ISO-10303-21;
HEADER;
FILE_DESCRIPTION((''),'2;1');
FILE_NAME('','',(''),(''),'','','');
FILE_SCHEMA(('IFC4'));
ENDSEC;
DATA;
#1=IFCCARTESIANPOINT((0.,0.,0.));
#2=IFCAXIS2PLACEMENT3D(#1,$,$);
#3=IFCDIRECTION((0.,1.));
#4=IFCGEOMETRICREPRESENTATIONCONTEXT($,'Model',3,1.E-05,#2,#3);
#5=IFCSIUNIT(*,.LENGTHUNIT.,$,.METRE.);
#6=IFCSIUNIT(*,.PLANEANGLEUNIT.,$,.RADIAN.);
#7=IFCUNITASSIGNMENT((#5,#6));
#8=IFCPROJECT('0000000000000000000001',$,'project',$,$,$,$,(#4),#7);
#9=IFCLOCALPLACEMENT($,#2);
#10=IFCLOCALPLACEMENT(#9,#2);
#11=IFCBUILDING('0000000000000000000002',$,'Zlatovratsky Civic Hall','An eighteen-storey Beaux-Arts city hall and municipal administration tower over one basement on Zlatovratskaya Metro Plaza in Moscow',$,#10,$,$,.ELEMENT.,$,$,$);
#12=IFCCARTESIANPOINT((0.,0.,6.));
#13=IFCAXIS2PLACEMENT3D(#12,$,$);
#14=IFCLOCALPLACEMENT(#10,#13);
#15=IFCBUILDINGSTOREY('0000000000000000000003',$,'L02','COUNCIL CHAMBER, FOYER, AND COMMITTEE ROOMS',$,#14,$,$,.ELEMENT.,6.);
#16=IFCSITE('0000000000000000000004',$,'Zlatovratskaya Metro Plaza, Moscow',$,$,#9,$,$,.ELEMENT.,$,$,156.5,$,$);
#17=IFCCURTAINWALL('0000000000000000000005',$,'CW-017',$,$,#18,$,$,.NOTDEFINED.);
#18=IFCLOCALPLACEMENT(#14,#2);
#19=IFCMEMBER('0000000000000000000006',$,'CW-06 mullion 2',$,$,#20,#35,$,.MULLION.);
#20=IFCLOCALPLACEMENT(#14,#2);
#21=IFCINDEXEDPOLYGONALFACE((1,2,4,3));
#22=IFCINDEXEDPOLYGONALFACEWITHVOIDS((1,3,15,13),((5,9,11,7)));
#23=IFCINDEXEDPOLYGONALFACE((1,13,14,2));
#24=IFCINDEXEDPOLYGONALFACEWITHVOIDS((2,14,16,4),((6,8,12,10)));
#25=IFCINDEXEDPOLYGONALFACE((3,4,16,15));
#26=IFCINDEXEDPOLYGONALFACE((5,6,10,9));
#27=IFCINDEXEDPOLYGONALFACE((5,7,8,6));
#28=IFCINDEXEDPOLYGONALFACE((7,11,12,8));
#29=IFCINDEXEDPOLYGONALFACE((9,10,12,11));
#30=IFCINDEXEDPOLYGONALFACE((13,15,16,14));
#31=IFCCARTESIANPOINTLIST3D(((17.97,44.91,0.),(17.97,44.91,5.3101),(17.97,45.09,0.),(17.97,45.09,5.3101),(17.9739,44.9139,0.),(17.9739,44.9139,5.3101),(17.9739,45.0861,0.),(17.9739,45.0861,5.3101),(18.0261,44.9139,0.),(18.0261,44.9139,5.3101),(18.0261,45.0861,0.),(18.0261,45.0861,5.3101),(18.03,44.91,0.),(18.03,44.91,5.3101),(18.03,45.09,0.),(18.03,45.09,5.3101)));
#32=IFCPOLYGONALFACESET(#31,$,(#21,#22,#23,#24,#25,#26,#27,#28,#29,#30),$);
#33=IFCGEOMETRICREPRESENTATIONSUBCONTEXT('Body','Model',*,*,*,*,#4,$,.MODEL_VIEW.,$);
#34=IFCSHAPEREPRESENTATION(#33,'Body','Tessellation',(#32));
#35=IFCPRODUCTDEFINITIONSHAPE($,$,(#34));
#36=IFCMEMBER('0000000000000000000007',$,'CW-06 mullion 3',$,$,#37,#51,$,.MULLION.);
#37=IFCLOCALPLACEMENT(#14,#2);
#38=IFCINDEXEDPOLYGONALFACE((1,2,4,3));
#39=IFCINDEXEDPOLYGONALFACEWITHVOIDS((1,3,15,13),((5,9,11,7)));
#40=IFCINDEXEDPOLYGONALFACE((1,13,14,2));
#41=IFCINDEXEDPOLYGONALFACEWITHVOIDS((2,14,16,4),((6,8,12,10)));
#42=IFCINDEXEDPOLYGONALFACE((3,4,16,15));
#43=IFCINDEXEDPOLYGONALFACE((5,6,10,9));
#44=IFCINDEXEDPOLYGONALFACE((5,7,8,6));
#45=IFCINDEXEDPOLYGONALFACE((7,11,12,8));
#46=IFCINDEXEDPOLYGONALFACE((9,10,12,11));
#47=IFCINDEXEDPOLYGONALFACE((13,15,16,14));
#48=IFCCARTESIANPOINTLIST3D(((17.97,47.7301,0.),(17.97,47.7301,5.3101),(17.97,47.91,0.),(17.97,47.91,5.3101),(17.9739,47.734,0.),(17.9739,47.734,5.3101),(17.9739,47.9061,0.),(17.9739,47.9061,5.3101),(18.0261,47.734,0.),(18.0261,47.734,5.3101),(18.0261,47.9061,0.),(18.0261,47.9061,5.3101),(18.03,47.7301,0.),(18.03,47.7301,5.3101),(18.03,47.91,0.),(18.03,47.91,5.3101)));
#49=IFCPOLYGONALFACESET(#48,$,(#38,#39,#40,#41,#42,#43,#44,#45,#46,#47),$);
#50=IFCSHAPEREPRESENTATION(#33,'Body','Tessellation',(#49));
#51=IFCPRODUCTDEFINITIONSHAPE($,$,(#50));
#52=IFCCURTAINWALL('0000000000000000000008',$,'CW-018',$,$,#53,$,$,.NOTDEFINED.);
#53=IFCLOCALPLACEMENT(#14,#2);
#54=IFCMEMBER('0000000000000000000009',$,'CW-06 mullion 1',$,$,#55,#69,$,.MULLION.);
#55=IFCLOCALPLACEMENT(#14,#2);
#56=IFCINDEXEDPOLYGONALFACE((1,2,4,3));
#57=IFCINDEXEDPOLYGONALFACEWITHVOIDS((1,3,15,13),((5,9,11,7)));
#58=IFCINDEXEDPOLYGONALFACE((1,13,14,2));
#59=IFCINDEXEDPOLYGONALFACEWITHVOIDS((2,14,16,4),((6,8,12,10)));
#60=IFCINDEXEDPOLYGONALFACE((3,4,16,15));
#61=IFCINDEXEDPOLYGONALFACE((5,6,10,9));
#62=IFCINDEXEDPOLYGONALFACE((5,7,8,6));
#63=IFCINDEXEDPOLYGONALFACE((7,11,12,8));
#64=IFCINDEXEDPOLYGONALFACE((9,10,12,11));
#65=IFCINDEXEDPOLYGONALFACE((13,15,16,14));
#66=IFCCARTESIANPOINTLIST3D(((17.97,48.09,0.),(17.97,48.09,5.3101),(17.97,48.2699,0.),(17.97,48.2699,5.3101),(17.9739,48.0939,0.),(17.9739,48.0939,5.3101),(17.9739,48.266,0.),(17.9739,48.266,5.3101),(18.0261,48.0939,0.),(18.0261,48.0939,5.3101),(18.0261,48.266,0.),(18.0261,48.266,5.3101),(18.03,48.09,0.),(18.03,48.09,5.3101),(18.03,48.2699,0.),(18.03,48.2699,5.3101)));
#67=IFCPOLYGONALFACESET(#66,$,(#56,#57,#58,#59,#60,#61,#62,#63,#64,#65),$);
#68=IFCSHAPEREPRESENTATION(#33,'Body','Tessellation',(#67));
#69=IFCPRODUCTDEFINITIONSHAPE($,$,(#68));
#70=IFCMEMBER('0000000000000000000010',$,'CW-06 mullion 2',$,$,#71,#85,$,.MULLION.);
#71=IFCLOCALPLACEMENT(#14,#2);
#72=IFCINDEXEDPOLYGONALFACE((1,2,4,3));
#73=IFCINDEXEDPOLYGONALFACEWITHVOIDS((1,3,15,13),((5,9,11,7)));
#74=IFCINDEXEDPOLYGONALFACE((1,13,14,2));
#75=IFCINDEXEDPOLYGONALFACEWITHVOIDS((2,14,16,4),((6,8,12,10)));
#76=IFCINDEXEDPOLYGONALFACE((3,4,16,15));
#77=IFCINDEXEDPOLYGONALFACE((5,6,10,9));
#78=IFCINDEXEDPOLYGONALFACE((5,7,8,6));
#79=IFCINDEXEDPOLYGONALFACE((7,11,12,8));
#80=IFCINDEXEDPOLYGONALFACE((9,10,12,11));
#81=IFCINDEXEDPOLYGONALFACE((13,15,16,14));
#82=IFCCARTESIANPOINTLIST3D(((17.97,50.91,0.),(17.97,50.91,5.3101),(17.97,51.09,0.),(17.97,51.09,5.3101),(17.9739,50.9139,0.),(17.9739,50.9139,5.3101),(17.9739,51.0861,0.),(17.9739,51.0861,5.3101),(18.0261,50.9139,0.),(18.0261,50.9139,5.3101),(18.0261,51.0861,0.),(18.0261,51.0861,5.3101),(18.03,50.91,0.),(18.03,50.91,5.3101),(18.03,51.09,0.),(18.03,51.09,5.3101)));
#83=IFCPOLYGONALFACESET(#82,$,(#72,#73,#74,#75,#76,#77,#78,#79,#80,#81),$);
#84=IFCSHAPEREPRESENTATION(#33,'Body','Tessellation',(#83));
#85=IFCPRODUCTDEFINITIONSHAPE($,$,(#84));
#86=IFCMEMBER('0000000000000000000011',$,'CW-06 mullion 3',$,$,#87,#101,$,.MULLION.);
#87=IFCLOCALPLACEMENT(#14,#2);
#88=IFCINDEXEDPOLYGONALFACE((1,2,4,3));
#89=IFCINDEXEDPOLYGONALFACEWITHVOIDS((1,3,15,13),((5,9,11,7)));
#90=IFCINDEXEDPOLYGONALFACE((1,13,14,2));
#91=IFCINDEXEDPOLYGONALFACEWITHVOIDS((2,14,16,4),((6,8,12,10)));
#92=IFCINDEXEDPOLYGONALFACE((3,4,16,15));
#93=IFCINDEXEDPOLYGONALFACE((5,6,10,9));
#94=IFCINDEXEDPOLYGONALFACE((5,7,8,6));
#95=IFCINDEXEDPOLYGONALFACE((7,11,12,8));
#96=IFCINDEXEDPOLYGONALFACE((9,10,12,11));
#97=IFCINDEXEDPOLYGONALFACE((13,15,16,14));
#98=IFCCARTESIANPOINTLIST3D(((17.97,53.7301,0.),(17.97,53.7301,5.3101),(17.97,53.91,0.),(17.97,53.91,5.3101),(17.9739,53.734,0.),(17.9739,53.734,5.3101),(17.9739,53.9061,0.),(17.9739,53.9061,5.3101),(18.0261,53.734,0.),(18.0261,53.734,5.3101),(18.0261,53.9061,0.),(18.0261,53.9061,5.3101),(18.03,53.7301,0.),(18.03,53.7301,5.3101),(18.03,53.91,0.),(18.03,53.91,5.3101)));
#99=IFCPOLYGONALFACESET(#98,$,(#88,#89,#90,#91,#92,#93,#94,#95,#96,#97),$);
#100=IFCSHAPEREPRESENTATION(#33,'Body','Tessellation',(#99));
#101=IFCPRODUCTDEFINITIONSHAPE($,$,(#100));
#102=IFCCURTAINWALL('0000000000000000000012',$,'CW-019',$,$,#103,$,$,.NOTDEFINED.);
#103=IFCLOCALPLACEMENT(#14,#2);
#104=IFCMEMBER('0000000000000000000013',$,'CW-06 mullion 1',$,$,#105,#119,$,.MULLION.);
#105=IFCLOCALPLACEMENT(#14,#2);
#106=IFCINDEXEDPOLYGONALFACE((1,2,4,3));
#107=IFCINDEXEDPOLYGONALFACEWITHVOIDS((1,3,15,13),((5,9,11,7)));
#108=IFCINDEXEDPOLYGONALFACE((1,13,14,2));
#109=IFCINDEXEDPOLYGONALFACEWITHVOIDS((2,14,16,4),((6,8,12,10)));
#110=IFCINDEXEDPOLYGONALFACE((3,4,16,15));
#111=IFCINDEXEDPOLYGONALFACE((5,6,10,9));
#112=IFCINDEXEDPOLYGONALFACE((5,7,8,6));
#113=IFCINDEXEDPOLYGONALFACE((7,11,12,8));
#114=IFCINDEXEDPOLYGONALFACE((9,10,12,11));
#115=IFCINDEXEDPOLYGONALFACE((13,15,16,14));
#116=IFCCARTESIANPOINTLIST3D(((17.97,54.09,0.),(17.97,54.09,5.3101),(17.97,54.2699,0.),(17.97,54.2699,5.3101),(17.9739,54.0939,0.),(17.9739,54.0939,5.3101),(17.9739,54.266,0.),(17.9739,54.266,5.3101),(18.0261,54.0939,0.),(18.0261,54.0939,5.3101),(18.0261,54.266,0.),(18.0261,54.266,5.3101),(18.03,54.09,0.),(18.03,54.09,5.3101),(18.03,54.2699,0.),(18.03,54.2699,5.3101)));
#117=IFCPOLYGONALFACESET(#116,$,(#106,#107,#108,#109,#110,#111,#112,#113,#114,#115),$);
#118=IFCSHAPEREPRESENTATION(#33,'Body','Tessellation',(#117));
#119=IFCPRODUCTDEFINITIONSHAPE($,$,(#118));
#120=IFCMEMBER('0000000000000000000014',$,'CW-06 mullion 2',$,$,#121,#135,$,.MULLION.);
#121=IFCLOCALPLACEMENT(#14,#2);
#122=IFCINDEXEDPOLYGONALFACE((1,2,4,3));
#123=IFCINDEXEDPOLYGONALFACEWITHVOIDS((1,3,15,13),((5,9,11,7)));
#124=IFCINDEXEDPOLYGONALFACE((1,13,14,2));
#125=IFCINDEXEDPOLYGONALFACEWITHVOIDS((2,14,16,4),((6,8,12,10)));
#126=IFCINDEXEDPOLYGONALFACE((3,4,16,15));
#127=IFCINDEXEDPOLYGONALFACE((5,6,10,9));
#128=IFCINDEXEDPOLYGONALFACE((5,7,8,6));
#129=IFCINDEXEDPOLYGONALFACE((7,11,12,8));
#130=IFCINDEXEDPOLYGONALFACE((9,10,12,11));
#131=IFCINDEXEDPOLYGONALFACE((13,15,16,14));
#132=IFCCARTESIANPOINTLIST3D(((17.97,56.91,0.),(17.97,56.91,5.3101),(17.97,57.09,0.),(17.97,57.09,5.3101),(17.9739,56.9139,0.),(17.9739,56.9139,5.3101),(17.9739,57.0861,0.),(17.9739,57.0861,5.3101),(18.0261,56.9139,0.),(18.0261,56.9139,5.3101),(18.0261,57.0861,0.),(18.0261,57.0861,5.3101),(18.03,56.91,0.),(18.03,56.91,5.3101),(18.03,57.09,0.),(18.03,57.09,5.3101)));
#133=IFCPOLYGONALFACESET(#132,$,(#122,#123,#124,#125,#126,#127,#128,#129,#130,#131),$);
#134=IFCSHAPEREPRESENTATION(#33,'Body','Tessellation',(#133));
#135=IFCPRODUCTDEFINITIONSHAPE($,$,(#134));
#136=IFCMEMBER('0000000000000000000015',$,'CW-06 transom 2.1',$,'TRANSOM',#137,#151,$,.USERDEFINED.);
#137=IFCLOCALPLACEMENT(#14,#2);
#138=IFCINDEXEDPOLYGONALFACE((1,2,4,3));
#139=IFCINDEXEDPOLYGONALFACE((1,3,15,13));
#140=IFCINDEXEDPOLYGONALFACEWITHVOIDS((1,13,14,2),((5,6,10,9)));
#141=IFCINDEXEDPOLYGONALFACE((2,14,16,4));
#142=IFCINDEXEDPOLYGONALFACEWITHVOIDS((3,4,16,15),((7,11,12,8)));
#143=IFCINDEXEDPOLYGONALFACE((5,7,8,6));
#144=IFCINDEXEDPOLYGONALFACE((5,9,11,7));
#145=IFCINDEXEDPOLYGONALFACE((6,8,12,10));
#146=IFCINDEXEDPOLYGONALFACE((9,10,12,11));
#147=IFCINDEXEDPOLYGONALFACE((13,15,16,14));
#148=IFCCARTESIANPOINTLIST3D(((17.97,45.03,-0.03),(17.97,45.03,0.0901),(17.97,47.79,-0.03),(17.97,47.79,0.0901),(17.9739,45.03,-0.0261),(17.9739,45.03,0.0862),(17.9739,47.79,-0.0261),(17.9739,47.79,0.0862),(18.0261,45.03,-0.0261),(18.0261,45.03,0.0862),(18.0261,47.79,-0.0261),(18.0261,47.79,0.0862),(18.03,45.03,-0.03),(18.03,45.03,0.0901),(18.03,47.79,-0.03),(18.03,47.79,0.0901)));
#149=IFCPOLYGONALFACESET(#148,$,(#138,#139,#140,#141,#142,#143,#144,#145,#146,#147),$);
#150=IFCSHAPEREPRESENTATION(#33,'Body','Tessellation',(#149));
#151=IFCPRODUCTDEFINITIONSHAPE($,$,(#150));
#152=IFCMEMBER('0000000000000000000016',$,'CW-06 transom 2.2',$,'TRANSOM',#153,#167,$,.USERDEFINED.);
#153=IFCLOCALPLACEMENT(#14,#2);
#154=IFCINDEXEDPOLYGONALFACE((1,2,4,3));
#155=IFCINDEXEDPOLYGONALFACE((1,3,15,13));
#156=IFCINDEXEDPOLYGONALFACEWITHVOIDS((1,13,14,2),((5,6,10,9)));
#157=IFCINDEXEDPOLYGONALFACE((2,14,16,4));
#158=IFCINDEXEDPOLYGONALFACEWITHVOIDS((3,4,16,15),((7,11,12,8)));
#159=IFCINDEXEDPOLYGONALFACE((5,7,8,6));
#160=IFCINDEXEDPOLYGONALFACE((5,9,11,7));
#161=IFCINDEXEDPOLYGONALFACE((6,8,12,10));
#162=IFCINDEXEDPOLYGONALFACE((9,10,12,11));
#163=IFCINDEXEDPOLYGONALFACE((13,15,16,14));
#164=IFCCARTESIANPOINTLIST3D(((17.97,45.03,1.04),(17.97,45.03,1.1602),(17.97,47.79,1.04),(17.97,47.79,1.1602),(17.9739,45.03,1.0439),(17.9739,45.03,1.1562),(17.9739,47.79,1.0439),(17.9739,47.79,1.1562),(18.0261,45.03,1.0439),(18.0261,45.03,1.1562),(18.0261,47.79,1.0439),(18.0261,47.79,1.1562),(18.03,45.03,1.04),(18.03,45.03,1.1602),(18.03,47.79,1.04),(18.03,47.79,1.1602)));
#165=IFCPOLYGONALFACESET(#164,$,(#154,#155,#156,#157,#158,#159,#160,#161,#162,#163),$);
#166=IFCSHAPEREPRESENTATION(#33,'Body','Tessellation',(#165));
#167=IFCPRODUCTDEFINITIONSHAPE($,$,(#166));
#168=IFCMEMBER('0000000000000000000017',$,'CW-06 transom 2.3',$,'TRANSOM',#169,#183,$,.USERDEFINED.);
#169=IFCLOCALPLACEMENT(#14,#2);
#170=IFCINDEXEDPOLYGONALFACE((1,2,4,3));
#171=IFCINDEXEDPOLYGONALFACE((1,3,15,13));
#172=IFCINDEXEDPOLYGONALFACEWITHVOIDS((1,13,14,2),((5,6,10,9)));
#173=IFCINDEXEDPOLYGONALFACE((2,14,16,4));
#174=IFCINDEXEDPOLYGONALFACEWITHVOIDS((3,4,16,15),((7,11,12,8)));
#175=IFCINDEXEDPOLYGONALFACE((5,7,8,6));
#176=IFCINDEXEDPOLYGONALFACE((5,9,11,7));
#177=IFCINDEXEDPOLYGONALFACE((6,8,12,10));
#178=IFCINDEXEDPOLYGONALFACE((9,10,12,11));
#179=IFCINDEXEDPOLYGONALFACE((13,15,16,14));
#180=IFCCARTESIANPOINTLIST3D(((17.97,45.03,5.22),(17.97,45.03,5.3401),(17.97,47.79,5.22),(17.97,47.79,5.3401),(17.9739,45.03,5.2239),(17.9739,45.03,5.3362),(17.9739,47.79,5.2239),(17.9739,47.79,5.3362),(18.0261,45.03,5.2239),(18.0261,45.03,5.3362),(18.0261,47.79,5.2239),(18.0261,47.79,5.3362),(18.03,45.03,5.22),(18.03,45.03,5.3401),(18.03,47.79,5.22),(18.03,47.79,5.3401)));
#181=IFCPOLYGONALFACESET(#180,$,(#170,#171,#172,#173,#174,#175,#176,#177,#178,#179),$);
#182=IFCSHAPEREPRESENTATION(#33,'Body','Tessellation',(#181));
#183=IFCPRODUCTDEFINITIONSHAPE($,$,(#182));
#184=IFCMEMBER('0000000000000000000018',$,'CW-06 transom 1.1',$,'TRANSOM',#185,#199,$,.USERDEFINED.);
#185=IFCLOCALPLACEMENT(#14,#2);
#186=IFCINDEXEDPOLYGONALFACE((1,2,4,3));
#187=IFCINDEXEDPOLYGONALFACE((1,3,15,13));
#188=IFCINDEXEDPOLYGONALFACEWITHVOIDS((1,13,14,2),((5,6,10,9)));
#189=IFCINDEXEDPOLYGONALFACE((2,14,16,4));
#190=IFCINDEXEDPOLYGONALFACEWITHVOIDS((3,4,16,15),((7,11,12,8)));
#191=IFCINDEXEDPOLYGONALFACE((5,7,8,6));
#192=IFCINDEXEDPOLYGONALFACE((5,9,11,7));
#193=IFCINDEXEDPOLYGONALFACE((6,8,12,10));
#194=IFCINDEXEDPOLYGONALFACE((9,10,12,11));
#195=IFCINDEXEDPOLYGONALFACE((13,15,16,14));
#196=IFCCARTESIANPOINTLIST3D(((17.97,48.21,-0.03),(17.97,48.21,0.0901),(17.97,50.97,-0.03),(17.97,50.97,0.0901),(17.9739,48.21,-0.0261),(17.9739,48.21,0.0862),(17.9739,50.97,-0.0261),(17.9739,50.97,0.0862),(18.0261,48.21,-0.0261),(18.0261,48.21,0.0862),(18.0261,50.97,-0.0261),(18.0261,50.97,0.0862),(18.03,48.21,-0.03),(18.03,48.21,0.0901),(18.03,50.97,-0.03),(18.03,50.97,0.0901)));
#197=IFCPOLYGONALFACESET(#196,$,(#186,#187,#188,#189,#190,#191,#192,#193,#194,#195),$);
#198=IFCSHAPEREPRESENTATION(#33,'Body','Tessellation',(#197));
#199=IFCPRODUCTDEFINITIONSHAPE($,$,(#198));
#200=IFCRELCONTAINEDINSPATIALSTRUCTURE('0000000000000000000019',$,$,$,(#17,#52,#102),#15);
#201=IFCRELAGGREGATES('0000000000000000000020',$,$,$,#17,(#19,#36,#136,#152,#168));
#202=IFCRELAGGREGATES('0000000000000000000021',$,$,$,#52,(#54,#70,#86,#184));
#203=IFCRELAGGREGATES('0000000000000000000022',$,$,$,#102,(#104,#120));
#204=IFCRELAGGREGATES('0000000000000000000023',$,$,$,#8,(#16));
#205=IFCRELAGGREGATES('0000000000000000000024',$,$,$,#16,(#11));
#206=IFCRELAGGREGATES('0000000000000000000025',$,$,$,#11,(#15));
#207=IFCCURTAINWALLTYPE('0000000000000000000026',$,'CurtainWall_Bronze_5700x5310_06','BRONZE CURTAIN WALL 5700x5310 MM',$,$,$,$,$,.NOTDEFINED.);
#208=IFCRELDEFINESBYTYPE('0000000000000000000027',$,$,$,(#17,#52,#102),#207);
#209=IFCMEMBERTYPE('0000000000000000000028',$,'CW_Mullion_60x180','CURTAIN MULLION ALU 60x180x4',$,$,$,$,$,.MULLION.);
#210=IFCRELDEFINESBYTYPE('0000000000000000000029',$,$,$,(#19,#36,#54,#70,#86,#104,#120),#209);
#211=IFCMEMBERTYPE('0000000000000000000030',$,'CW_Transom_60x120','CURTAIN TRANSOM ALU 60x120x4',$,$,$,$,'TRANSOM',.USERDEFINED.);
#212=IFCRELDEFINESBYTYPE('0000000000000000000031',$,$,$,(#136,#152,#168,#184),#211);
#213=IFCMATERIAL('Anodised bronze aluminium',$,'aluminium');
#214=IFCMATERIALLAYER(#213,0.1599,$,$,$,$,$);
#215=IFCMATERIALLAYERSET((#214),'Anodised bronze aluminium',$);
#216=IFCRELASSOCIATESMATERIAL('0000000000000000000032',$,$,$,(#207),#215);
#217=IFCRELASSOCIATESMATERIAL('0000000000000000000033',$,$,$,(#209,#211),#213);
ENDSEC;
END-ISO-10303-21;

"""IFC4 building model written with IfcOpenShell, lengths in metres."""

from ifc_helpers import new_model, si_unit, direction, frame, origin, origin_2d, place, context, subcontext, project, spatial, hollow_rectangle, extrude, material, layer, layer_set, material_profile, profile_set, type_object, element, aggregate, save


model = new_model("IFC4")

# Units and contexts
model_context = context("Model", 3, precision=1e-05, world=origin(), true_north=direction((0.0, 1.0)))
body_context = subcontext(model_context, "Body", "Model", "MODEL_VIEW")
ifc_project = project(units=[si_unit("LENGTHUNIT", "METRE"), si_unit("PLANEANGLEUNIT", "RADIAN")], contexts=[model_context])

# Site, building, storey
site_placement = place(None, origin())
site = spatial("IfcSite", under=ifc_project, at=site_placement, Name="Zlatovratskaya Metro Plaza, Moscow", CompositionType="ELEMENT", RefElevation=156.5)
building_placement = place(site_placement, origin())
building = spatial("IfcBuilding", under=site, at=building_placement, Name="Zlatovratsky Civic Hall", Description="An eighteen-storey Beaux-Arts city hall and municipal administration tower over one basement on Zlatovratskaya Metro Plaza in Moscow", CompositionType="ELEMENT")
storey_placement = place(building_placement, frame((0.0, 0.0, 6.0)))
storey = spatial("IfcBuildingStorey", under=building, at=storey_placement, Name="L02", Description="COUNCIL CHAMBER, FOYER, AND COMMITTEE ROOMS", CompositionType="ELEMENT", Elevation=6.0)

# Curtain walls, members
ifc_material_1 = material(Name="Anodised bronze aluminium", Category="aluminium")
ifc_layer_1 = layer(ifc_material_1, 0.1599)
ifc_layer_set_1 = layer_set([ifc_layer_1], Name="Anodised bronze aluminium")
curtain_wall_type = type_object("IfcCurtainWallType", Name="CurtainWall_Bronze_5700x5310_06", Description="BRONZE CURTAIN WALL 5700x5310 MM", PredefinedType="NOTDEFINED", material=ifc_layer_set_1)
curtain_wall_1_placement = place(storey_placement, origin())
curtain_wall_1 = element("IfcCurtainWall", 1, at=curtain_wall_1_placement, inside=storey, type_object=curtain_wall_type, Name="CW-017", PredefinedType="NOTDEFINED")
ifc_material_profile_1 = material_profile(ifc_material_1, hollow_rectangle(XDim=0.0601, YDim=0.1799, WallThickness=0.0039, at=origin_2d()), Name="ALU 60x180x4")
ifc_profile_set_1 = profile_set([ifc_material_profile_1], Name="Anodised bronze aluminium")
member_type_1 = type_object("IfcMemberType", Name="CW_Mullion_60x180", Description="CURTAIN MULLION ALU 60x180x4", PredefinedType="MULLION", material=ifc_profile_set_1)
member_1_placement = place(storey_placement, frame((18.0, 45.0, 0.0), z_axis=(0.0, 0.0, 1.0), x_axis=(-1.0, 0.0, 0.0)))
member_1 = element("IfcMember", 2, at=member_1_placement, type_object=member_type_1, Name="CW-06 mullion 2", PredefinedType="MULLION", context=body_context, shape_type="SweptSolid", body=[
    extrude(hollow_rectangle(XDim=0.0601, YDim=0.1799, WallThickness=0.0039, at=origin_2d()), origin(), (0.0, 0.0, 1.0), 5.3101),
])
member_2_placement = place(storey_placement, frame((18.0, 47.8201, 0.0), z_axis=(0.0, 0.0, 1.0), x_axis=(-1.0, 0.0, 0.0)))
member_2 = element("IfcMember", 3, at=member_2_placement, type_object=member_type_1, Name="CW-06 mullion 3", PredefinedType="MULLION", context=body_context, shape_type="SweptSolid", body=[
    extrude(hollow_rectangle(XDim=0.0601, YDim=0.1799, WallThickness=0.0039, at=origin_2d()), origin(), (0.0, 0.0, 1.0), 5.3101),
])
curtain_wall_2_placement = place(storey_placement, origin())
curtain_wall_2 = element("IfcCurtainWall", 4, at=curtain_wall_2_placement, inside=storey, type_object=curtain_wall_type, Name="CW-018", PredefinedType="NOTDEFINED")
member_3_placement = place(storey_placement, frame((18.0, 48.1799, 0.0), z_axis=(0.0, 0.0, 1.0), x_axis=(-1.0, 0.0, 0.0)))
member_3 = element("IfcMember", 5, at=member_3_placement, type_object=member_type_1, Name="CW-06 mullion 1", PredefinedType="MULLION", context=body_context, shape_type="SweptSolid", body=[
    extrude(hollow_rectangle(XDim=0.0601, YDim=0.1799, WallThickness=0.0039, at=origin_2d()), origin(), (0.0, 0.0, 1.0), 5.3101),
])
member_4_placement = place(storey_placement, frame((18.0, 51.0, 0.0), z_axis=(0.0, 0.0, 1.0), x_axis=(-1.0, 0.0, 0.0)))
member_4 = element("IfcMember", 6, at=member_4_placement, type_object=member_type_1, Name="CW-06 mullion 2", PredefinedType="MULLION", context=body_context, shape_type="SweptSolid", body=[
    extrude(hollow_rectangle(XDim=0.0601, YDim=0.1799, WallThickness=0.0039, at=origin_2d()), origin(), (0.0, 0.0, 1.0), 5.3101),
])
member_5_placement = place(storey_placement, frame((18.0, 53.8201, 0.0), z_axis=(0.0, 0.0, 1.0), x_axis=(-1.0, 0.0, 0.0)))
member_5 = element("IfcMember", 7, at=member_5_placement, type_object=member_type_1, Name="CW-06 mullion 3", PredefinedType="MULLION", context=body_context, shape_type="SweptSolid", body=[
    extrude(hollow_rectangle(XDim=0.0601, YDim=0.1799, WallThickness=0.0039, at=origin_2d()), origin(), (0.0, 0.0, 1.0), 5.3101),
])
curtain_wall_3_placement = place(storey_placement, origin())
curtain_wall_3 = element("IfcCurtainWall", 8, at=curtain_wall_3_placement, inside=storey, type_object=curtain_wall_type, Name="CW-019", PredefinedType="NOTDEFINED")
member_6_placement = place(storey_placement, frame((18.0, 54.1799, 0.0), z_axis=(0.0, 0.0, 1.0), x_axis=(-1.0, 0.0, 0.0)))
member_6 = element("IfcMember", 9, at=member_6_placement, type_object=member_type_1, Name="CW-06 mullion 1", PredefinedType="MULLION", context=body_context, shape_type="SweptSolid", body=[
    extrude(hollow_rectangle(XDim=0.0601, YDim=0.1799, WallThickness=0.0039, at=origin_2d()), origin(), (0.0, 0.0, 1.0), 5.3101),
])
member_7_placement = place(storey_placement, frame((18.0, 57.0, 0.0), z_axis=(0.0, 0.0, 1.0), x_axis=(-1.0, 0.0, 0.0)))
member_7 = element("IfcMember", 10, at=member_7_placement, type_object=member_type_1, Name="CW-06 mullion 2", PredefinedType="MULLION", context=body_context, shape_type="SweptSolid", body=[
    extrude(hollow_rectangle(XDim=0.0601, YDim=0.1799, WallThickness=0.0039, at=origin_2d()), origin(), (0.0, 0.0, 1.0), 5.3101),
])

# Members
ifc_material_profile_2 = material_profile(ifc_material_1, hollow_rectangle(XDim=0.0601, YDim=0.1201, WallThickness=0.0039, at=origin_2d()), Name="ALU 60x120x4")
ifc_profile_set_2 = profile_set([ifc_material_profile_2], Name="Anodised bronze aluminium")
member_type_2 = type_object("IfcMemberType", Name="CW_Transom_60x120", Description="CURTAIN TRANSOM ALU 60x120x4", ElementType="TRANSOM", PredefinedType="USERDEFINED", material=ifc_profile_set_2)
member_8_placement = place(storey_placement, frame((18.0, 45.03, 0.03), z_axis=(0.0, 1.0, 0.0), x_axis=(-1.0, 0.0, 0.0)))
member_8 = element("IfcMember", 11, at=member_8_placement, type_object=member_type_2, Name="CW-06 transom 2.1", ObjectType="TRANSOM", PredefinedType="USERDEFINED", context=body_context, shape_type="SweptSolid", body=[
    extrude(hollow_rectangle(XDim=0.0601, YDim=0.1201, WallThickness=0.0039, at=origin_2d()), origin(), (0.0, 0.0, 1.0), 2.76),
])
member_9_placement = place(storey_placement, frame((18.0, 45.03, 1.1001), z_axis=(0.0, 1.0, 0.0), x_axis=(-1.0, 0.0, 0.0)))
member_9 = element("IfcMember", 12, at=member_9_placement, type_object=member_type_2, Name="CW-06 transom 2.2", ObjectType="TRANSOM", PredefinedType="USERDEFINED", context=body_context, shape_type="SweptSolid", body=[
    extrude(hollow_rectangle(XDim=0.0601, YDim=0.1201, WallThickness=0.0039, at=origin_2d()), origin(), (0.0, 0.0, 1.0), 2.76),
])
member_10_placement = place(storey_placement, frame((18.0, 45.03, 5.28), z_axis=(0.0, 1.0, 0.0), x_axis=(-1.0, 0.0, 0.0)))
member_10 = element("IfcMember", 13, at=member_10_placement, type_object=member_type_2, Name="CW-06 transom 2.3", ObjectType="TRANSOM", PredefinedType="USERDEFINED", context=body_context, shape_type="SweptSolid", body=[
    extrude(hollow_rectangle(XDim=0.0601, YDim=0.1201, WallThickness=0.0039, at=origin_2d()), origin(), (0.0, 0.0, 1.0), 2.76),
])
member_11_placement = place(storey_placement, frame((18.0, 48.21, 0.03), z_axis=(0.0, 1.0, 0.0), x_axis=(-1.0, 0.0, 0.0)))
member_11 = element("IfcMember", 14, at=member_11_placement, type_object=member_type_2, Name="CW-06 transom 1.1", ObjectType="TRANSOM", PredefinedType="USERDEFINED", context=body_context, shape_type="SweptSolid", body=[
    extrude(hollow_rectangle(XDim=0.0601, YDim=0.1201, WallThickness=0.0039, at=origin_2d()), origin(), (0.0, 0.0, 1.0), 2.76),
])

aggregate(curtain_wall_1, [member_1, member_2, member_8, member_9, member_10])
aggregate(curtain_wall_2, [member_3, member_4, member_5, member_11])
aggregate(curtain_wall_3, [member_6, member_7])

save(model, "model.ifc")
